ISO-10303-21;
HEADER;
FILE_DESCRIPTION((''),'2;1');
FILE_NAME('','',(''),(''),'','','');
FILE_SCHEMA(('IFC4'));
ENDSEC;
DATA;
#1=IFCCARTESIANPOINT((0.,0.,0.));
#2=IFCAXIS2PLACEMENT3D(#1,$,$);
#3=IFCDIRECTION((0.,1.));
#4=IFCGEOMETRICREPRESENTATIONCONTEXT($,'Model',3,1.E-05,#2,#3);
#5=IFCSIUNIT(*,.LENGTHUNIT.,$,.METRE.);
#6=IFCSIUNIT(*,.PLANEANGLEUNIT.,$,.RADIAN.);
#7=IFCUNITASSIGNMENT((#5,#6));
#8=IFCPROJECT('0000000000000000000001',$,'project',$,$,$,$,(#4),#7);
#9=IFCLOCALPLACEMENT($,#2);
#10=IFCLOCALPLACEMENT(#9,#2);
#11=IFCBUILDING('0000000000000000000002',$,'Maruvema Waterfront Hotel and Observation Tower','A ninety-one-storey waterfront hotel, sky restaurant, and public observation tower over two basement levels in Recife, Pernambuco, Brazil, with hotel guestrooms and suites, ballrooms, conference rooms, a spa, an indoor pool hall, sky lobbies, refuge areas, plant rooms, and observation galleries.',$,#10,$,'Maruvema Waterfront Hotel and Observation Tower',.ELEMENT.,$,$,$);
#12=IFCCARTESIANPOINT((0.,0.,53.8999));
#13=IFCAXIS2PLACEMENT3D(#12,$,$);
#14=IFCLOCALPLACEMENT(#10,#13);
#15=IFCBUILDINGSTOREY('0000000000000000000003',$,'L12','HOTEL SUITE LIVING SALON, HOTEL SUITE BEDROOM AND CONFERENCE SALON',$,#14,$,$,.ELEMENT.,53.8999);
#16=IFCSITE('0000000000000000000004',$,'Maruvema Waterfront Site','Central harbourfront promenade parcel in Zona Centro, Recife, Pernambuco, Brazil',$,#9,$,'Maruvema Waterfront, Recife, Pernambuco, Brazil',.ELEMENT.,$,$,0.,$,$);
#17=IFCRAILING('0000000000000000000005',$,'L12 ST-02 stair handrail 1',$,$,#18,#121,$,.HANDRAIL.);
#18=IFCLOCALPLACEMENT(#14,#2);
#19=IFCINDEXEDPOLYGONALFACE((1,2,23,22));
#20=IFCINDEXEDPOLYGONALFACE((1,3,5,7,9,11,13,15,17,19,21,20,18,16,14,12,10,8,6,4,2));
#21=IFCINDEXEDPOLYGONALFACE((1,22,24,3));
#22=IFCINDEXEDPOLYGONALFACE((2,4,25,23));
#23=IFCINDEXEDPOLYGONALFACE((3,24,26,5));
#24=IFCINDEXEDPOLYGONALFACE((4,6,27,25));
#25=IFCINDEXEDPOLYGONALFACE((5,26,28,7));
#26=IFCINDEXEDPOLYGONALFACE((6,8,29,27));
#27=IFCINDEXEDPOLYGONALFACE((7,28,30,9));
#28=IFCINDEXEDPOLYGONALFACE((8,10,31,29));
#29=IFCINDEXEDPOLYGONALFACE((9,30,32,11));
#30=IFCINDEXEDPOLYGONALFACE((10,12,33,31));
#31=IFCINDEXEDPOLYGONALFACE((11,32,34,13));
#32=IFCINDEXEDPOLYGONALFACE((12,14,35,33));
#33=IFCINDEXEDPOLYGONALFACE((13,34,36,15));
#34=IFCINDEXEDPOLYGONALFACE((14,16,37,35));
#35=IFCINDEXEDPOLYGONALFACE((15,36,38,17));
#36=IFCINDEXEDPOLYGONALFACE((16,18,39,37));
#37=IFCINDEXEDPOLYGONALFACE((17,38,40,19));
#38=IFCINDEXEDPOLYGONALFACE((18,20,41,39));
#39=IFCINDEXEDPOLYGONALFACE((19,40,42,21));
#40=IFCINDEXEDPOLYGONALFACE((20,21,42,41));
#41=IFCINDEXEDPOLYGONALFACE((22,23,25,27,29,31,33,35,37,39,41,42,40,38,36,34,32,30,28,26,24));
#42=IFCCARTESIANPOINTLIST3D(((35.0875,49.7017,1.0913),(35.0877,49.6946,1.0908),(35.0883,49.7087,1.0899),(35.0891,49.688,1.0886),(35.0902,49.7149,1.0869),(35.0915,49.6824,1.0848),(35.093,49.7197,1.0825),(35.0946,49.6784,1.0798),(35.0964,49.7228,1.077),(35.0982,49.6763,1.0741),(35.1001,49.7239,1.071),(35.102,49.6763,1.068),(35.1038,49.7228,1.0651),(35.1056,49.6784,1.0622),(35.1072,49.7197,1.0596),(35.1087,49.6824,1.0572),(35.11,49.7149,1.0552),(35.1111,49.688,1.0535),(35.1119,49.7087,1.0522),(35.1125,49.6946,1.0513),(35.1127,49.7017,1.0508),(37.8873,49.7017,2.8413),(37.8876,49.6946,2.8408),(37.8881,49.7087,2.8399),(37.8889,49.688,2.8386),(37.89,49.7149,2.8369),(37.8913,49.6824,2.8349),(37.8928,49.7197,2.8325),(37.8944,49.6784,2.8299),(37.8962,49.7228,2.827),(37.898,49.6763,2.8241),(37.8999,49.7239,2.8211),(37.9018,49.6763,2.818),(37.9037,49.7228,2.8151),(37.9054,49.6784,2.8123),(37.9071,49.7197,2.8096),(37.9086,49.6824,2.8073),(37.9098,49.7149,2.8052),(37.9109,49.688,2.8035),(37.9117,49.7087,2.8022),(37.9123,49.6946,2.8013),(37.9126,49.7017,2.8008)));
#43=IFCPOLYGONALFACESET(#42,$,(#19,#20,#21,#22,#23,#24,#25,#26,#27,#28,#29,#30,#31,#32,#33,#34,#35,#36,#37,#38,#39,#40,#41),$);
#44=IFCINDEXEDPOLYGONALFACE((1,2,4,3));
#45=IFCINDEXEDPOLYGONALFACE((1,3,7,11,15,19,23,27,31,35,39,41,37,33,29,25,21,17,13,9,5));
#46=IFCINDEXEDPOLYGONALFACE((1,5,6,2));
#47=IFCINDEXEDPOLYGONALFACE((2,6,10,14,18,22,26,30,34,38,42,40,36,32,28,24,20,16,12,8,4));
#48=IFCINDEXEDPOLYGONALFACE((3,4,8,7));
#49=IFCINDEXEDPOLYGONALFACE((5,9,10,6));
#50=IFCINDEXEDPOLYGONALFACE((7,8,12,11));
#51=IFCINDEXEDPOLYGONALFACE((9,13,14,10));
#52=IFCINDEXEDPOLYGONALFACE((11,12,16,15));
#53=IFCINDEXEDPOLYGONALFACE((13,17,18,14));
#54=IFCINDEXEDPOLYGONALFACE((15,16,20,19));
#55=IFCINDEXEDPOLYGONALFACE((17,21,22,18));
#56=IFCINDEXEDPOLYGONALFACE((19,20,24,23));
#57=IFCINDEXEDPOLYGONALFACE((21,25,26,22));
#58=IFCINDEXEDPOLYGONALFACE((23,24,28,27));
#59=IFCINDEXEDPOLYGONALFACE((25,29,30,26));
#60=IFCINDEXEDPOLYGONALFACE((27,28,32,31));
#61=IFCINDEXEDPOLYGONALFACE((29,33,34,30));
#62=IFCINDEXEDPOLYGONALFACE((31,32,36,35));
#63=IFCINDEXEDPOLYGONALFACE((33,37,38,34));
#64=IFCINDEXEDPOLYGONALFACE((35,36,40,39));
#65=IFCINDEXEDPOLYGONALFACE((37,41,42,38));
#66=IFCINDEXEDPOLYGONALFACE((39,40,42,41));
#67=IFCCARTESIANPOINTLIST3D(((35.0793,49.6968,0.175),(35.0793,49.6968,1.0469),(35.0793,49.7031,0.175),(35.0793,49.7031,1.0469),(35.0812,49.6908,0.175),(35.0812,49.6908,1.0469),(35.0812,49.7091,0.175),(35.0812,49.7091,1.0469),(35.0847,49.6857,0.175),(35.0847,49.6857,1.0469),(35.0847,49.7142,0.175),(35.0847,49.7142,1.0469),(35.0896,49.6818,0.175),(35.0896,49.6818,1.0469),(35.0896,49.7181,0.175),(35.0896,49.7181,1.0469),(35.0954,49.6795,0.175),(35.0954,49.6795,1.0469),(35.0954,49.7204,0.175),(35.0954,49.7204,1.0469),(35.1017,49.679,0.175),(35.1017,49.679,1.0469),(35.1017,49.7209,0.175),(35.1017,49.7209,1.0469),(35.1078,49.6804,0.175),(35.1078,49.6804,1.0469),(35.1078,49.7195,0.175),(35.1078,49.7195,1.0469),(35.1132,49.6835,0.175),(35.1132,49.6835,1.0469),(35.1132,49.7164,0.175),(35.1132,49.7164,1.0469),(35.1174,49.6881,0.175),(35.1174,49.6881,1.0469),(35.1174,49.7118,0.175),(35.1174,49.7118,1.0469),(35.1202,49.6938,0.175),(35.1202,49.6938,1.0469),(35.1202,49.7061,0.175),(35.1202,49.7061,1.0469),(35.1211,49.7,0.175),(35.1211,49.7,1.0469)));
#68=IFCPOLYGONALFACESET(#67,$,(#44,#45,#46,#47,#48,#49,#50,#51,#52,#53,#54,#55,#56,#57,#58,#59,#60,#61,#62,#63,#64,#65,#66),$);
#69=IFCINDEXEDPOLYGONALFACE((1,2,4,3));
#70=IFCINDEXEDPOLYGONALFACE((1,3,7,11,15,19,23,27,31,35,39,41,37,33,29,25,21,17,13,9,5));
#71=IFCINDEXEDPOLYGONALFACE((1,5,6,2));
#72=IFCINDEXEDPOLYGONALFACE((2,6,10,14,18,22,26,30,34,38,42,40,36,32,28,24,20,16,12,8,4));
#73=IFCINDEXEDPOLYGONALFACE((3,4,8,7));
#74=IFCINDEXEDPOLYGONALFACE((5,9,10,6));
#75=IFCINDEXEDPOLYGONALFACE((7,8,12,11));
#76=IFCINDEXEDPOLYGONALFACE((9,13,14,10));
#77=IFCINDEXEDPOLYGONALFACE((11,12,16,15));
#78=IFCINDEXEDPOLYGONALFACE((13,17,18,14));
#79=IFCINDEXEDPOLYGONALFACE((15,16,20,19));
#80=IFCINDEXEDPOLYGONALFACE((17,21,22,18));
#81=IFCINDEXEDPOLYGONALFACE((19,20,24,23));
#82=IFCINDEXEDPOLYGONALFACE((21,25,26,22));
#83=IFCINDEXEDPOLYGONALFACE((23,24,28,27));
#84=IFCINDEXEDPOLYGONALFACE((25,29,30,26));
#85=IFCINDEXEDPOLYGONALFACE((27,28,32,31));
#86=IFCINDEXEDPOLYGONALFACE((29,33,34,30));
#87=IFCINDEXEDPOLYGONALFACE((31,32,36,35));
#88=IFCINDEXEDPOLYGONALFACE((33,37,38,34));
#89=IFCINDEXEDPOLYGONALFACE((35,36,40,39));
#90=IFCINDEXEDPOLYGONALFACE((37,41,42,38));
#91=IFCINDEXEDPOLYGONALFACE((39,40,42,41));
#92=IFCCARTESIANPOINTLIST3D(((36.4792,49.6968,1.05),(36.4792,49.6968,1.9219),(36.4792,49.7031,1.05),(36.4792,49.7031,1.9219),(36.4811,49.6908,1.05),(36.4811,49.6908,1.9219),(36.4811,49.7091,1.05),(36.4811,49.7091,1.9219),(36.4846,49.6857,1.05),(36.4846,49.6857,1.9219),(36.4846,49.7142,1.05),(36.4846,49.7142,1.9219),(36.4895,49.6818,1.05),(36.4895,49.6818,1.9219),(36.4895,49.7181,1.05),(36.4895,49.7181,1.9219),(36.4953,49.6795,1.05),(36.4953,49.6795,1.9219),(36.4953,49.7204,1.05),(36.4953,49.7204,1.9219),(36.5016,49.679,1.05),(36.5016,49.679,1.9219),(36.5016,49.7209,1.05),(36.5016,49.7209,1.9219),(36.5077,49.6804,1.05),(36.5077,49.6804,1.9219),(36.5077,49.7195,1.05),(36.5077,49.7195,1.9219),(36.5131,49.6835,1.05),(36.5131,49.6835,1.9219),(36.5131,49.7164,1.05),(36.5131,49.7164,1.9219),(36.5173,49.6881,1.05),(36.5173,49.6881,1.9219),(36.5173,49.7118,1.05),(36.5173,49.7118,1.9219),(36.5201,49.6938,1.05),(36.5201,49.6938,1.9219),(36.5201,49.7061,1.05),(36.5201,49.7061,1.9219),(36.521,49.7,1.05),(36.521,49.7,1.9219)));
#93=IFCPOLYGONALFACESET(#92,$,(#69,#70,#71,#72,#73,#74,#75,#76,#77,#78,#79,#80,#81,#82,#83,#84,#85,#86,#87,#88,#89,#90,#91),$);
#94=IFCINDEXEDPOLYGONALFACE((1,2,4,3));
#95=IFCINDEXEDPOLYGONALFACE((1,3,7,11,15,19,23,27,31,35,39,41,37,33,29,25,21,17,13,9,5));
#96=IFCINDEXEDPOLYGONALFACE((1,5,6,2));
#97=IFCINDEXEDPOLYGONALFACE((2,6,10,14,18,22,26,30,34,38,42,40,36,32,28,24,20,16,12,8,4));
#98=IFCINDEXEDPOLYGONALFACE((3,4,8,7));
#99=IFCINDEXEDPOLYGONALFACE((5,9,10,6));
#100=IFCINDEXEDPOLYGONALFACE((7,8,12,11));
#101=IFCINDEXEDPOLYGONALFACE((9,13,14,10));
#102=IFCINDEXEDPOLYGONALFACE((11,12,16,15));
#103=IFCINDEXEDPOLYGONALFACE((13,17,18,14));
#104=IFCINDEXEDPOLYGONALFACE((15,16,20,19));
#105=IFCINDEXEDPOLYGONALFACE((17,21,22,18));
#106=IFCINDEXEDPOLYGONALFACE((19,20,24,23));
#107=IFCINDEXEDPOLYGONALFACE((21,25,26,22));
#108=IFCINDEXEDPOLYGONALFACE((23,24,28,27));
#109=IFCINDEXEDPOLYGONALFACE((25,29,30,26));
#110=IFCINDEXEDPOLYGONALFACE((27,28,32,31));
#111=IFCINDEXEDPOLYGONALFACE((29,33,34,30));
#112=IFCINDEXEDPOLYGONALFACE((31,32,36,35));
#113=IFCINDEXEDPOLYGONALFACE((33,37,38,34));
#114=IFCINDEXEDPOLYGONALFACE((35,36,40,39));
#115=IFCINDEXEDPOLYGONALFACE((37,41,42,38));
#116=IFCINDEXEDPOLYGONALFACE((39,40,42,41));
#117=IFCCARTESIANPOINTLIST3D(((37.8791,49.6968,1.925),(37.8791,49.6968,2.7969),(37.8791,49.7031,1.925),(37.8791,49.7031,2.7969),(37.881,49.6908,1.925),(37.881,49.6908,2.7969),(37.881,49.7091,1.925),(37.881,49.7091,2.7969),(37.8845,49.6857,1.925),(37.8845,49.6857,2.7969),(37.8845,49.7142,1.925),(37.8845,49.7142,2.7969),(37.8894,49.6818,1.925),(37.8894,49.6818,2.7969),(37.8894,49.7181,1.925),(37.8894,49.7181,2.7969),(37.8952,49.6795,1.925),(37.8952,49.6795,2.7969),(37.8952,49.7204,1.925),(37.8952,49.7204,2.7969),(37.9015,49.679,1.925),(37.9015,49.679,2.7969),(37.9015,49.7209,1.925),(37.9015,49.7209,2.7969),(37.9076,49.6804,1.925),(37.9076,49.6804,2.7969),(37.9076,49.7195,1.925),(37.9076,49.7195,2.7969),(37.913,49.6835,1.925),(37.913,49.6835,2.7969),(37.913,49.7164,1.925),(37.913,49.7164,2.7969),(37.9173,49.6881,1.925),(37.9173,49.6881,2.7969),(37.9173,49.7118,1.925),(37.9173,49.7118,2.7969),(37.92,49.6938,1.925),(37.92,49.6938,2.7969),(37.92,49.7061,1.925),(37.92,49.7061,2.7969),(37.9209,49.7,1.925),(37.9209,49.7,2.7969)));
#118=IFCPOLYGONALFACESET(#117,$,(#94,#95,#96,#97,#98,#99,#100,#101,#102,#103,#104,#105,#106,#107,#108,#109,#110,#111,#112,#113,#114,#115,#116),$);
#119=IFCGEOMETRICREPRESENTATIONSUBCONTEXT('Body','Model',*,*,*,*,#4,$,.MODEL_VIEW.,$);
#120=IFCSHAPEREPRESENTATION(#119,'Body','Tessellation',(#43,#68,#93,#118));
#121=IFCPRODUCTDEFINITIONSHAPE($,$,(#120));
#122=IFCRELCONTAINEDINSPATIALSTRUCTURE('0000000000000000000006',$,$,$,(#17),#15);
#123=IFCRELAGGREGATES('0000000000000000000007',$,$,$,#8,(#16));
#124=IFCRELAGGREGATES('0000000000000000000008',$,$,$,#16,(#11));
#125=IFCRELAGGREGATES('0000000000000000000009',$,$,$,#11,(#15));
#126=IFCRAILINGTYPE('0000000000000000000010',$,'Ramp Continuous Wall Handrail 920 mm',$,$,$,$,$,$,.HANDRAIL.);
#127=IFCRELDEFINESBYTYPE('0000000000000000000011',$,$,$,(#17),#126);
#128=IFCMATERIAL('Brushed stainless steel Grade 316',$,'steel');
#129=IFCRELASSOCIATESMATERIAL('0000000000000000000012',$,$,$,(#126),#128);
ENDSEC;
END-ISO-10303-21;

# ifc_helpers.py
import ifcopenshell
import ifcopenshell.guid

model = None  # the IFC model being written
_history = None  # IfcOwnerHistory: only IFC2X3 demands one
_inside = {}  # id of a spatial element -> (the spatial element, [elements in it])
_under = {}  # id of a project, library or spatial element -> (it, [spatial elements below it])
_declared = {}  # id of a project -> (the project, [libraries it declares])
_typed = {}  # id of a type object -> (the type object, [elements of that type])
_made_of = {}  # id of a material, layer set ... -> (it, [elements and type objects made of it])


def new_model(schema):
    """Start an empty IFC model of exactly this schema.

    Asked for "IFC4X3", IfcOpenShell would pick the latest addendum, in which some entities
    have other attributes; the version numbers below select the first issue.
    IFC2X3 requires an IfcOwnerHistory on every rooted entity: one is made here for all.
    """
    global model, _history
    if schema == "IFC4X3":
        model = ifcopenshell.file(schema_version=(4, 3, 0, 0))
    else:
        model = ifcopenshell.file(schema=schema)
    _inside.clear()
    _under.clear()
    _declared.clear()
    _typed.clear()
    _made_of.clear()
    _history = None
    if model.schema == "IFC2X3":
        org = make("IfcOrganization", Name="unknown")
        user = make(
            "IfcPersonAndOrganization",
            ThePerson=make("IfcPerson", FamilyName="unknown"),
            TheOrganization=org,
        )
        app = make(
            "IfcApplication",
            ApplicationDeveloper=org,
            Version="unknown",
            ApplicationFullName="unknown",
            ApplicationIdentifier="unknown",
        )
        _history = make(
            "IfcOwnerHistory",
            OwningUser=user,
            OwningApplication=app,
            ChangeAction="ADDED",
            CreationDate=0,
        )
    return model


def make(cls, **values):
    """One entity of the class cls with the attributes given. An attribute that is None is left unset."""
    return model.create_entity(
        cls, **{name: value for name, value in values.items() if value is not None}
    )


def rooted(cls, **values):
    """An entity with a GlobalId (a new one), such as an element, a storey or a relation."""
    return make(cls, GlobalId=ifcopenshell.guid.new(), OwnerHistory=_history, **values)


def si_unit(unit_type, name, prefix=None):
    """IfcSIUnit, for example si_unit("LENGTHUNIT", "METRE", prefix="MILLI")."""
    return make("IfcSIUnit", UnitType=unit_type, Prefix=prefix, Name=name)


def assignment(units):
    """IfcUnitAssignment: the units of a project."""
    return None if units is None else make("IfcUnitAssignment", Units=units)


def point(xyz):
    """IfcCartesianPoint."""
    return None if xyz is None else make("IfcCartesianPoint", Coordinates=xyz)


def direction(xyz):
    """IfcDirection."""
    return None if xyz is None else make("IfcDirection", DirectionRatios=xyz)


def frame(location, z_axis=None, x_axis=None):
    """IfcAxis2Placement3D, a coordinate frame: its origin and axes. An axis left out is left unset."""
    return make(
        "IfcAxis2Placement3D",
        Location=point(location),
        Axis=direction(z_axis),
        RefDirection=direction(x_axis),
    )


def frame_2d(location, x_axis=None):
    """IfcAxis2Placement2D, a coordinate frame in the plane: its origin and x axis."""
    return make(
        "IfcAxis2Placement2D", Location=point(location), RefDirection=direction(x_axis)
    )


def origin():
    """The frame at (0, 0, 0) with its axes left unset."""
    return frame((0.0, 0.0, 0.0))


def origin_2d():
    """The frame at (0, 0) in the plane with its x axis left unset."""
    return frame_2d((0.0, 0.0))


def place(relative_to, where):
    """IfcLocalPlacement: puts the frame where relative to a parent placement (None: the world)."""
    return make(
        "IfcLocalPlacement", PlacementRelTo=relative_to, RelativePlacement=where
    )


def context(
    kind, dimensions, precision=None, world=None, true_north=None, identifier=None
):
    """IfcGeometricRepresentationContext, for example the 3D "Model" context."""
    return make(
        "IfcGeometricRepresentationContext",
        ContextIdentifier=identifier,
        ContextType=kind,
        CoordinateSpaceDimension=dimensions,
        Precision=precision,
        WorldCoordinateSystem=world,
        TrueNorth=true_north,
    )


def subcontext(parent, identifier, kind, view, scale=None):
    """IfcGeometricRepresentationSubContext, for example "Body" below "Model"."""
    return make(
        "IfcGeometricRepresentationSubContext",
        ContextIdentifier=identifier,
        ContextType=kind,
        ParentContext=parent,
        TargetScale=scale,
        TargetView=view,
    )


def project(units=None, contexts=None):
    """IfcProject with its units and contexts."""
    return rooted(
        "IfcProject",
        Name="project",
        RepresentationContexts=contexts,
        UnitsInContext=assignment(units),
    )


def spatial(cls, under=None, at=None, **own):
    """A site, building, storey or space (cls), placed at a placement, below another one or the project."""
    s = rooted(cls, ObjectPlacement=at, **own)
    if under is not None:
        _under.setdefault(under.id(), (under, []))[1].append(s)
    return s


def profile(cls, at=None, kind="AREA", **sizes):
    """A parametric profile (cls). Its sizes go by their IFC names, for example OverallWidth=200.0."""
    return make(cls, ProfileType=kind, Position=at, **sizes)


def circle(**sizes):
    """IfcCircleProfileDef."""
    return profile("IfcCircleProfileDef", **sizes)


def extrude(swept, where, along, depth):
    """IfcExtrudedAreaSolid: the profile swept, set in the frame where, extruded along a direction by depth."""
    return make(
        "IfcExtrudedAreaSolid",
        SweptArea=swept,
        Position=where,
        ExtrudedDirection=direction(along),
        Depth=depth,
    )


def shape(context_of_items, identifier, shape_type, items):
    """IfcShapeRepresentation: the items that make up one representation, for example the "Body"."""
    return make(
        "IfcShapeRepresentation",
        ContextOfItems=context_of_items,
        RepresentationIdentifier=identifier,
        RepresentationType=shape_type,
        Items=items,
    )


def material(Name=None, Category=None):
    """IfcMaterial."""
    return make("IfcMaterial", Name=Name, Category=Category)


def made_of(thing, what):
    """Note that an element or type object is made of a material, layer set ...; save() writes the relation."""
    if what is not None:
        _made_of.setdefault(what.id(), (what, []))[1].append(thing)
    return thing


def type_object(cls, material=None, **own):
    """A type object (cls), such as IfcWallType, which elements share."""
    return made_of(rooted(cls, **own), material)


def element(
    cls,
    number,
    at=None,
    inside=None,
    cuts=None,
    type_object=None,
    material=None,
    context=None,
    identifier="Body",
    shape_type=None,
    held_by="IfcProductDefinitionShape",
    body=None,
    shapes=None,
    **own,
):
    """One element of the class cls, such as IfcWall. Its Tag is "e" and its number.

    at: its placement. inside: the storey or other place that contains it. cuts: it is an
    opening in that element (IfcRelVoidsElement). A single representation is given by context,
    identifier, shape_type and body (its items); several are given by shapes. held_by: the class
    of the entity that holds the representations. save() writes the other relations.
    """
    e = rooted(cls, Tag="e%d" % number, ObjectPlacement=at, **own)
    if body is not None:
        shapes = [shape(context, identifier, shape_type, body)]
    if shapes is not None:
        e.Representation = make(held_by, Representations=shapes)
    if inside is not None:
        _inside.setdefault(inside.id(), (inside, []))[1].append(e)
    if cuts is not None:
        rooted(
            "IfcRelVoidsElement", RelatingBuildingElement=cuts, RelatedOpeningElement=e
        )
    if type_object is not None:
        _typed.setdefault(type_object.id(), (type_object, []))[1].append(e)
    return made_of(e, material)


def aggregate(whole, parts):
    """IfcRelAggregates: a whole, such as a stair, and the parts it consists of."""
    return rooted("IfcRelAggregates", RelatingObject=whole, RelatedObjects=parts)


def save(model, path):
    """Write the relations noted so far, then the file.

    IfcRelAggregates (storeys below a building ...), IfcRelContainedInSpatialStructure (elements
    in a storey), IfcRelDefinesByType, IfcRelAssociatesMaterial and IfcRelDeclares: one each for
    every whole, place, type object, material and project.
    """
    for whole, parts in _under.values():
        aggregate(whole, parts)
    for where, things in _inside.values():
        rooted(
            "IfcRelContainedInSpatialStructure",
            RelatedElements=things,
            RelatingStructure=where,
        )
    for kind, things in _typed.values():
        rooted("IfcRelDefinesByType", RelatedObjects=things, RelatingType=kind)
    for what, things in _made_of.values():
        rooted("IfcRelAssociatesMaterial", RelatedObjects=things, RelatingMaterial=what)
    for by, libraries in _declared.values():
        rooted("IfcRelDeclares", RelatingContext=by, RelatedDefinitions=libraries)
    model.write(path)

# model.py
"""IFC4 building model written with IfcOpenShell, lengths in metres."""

from ifc_helpers import new_model, si_unit, direction, frame, origin, origin_2d, place, context, subcontext, project, spatial, circle, extrude, material, type_object, element, save


model = new_model("IFC4")

# Units and contexts
model_context = context("Model", 3, precision=1e-05, world=origin(), true_north=direction((0.0, 1.0)))
body_context = subcontext(model_context, "Body", "Model", "MODEL_VIEW")
ifc_project = project(units=[si_unit("LENGTHUNIT", "METRE"), si_unit("PLANEANGLEUNIT", "RADIAN")], contexts=[model_context])

# Site, building, storey
site_placement = place(None, origin())
site = spatial("IfcSite", under=ifc_project, at=site_placement, Name="Maruvema Waterfront Site", Description="Central harbourfront promenade parcel in Zona Centro, Recife, Pernambuco, Brazil", LongName="Maruvema Waterfront, Recife, Pernambuco, Brazil", CompositionType="ELEMENT", RefElevation=0.0)
building_placement = place(site_placement, origin())
building = spatial("IfcBuilding", under=site, at=building_placement, Name="Maruvema Waterfront Hotel and Observation Tower", Description="A ninety-one-storey waterfront hotel, sky restaurant, and public observation tower over two basement levels in Recife, Pernambuco, Brazil, with hotel guestrooms and suites, ballrooms, conference rooms, a spa, an indoor pool hall, sky lobbies, refuge areas, plant rooms, and observation galleries.", LongName="Maruvema Waterfront Hotel and Observation Tower", CompositionType="ELEMENT")
storey_placement = place(building_placement, frame((0.0, 0.0, 53.8999)))
storey = spatial("IfcBuildingStorey", under=building, at=storey_placement, Name="L12", Description="HOTEL SUITE LIVING SALON, HOTEL SUITE BEDROOM AND CONFERENCE SALON", CompositionType="ELEMENT", Elevation=53.8999)

# Railing
ifc_material_1 = material(Name="Brushed stainless steel Grade 316", Category="steel")
railing_type_1 = type_object("IfcRailingType", Name="Ramp Continuous Wall Handrail 920 mm", PredefinedType="HANDRAIL", material=ifc_material_1)
railing_1_placement = place(storey_placement, frame((35.1001, 49.7, 0.175)))
element("IfcRailing", 1, at=railing_1_placement, inside=storey, type_object=railing_type_1, Name="L12 ST-02 stair handrail 1", PredefinedType="HANDRAIL", context=body_context, shape_type="SweptSolid", body=[
    extrude(circle(Radius=0.0239, at=origin_2d()), frame((0.0, 0.0, 0.896), z_axis=(0.847982, 0.0, 0.530026), x_axis=(0.0, 1.0, 0.0)), (0.0, 0.0, 1.0), 3.3018),
    extrude(circle(Radius=0.021, at=origin_2d()), origin(), (0.0, 0.0, 1.0), 0.8718),
    extrude(circle(Radius=0.021, at=origin_2d()), frame((1.3999, 0.0, 0.875)), (0.0, 0.0, 1.0), 0.8718),
    extrude(circle(Radius=0.021, at=origin_2d()), frame((2.7998, 0.0, 1.75)), (0.0, 0.0, 1.0), 0.8718),
])

save(model, "model.ifc")
